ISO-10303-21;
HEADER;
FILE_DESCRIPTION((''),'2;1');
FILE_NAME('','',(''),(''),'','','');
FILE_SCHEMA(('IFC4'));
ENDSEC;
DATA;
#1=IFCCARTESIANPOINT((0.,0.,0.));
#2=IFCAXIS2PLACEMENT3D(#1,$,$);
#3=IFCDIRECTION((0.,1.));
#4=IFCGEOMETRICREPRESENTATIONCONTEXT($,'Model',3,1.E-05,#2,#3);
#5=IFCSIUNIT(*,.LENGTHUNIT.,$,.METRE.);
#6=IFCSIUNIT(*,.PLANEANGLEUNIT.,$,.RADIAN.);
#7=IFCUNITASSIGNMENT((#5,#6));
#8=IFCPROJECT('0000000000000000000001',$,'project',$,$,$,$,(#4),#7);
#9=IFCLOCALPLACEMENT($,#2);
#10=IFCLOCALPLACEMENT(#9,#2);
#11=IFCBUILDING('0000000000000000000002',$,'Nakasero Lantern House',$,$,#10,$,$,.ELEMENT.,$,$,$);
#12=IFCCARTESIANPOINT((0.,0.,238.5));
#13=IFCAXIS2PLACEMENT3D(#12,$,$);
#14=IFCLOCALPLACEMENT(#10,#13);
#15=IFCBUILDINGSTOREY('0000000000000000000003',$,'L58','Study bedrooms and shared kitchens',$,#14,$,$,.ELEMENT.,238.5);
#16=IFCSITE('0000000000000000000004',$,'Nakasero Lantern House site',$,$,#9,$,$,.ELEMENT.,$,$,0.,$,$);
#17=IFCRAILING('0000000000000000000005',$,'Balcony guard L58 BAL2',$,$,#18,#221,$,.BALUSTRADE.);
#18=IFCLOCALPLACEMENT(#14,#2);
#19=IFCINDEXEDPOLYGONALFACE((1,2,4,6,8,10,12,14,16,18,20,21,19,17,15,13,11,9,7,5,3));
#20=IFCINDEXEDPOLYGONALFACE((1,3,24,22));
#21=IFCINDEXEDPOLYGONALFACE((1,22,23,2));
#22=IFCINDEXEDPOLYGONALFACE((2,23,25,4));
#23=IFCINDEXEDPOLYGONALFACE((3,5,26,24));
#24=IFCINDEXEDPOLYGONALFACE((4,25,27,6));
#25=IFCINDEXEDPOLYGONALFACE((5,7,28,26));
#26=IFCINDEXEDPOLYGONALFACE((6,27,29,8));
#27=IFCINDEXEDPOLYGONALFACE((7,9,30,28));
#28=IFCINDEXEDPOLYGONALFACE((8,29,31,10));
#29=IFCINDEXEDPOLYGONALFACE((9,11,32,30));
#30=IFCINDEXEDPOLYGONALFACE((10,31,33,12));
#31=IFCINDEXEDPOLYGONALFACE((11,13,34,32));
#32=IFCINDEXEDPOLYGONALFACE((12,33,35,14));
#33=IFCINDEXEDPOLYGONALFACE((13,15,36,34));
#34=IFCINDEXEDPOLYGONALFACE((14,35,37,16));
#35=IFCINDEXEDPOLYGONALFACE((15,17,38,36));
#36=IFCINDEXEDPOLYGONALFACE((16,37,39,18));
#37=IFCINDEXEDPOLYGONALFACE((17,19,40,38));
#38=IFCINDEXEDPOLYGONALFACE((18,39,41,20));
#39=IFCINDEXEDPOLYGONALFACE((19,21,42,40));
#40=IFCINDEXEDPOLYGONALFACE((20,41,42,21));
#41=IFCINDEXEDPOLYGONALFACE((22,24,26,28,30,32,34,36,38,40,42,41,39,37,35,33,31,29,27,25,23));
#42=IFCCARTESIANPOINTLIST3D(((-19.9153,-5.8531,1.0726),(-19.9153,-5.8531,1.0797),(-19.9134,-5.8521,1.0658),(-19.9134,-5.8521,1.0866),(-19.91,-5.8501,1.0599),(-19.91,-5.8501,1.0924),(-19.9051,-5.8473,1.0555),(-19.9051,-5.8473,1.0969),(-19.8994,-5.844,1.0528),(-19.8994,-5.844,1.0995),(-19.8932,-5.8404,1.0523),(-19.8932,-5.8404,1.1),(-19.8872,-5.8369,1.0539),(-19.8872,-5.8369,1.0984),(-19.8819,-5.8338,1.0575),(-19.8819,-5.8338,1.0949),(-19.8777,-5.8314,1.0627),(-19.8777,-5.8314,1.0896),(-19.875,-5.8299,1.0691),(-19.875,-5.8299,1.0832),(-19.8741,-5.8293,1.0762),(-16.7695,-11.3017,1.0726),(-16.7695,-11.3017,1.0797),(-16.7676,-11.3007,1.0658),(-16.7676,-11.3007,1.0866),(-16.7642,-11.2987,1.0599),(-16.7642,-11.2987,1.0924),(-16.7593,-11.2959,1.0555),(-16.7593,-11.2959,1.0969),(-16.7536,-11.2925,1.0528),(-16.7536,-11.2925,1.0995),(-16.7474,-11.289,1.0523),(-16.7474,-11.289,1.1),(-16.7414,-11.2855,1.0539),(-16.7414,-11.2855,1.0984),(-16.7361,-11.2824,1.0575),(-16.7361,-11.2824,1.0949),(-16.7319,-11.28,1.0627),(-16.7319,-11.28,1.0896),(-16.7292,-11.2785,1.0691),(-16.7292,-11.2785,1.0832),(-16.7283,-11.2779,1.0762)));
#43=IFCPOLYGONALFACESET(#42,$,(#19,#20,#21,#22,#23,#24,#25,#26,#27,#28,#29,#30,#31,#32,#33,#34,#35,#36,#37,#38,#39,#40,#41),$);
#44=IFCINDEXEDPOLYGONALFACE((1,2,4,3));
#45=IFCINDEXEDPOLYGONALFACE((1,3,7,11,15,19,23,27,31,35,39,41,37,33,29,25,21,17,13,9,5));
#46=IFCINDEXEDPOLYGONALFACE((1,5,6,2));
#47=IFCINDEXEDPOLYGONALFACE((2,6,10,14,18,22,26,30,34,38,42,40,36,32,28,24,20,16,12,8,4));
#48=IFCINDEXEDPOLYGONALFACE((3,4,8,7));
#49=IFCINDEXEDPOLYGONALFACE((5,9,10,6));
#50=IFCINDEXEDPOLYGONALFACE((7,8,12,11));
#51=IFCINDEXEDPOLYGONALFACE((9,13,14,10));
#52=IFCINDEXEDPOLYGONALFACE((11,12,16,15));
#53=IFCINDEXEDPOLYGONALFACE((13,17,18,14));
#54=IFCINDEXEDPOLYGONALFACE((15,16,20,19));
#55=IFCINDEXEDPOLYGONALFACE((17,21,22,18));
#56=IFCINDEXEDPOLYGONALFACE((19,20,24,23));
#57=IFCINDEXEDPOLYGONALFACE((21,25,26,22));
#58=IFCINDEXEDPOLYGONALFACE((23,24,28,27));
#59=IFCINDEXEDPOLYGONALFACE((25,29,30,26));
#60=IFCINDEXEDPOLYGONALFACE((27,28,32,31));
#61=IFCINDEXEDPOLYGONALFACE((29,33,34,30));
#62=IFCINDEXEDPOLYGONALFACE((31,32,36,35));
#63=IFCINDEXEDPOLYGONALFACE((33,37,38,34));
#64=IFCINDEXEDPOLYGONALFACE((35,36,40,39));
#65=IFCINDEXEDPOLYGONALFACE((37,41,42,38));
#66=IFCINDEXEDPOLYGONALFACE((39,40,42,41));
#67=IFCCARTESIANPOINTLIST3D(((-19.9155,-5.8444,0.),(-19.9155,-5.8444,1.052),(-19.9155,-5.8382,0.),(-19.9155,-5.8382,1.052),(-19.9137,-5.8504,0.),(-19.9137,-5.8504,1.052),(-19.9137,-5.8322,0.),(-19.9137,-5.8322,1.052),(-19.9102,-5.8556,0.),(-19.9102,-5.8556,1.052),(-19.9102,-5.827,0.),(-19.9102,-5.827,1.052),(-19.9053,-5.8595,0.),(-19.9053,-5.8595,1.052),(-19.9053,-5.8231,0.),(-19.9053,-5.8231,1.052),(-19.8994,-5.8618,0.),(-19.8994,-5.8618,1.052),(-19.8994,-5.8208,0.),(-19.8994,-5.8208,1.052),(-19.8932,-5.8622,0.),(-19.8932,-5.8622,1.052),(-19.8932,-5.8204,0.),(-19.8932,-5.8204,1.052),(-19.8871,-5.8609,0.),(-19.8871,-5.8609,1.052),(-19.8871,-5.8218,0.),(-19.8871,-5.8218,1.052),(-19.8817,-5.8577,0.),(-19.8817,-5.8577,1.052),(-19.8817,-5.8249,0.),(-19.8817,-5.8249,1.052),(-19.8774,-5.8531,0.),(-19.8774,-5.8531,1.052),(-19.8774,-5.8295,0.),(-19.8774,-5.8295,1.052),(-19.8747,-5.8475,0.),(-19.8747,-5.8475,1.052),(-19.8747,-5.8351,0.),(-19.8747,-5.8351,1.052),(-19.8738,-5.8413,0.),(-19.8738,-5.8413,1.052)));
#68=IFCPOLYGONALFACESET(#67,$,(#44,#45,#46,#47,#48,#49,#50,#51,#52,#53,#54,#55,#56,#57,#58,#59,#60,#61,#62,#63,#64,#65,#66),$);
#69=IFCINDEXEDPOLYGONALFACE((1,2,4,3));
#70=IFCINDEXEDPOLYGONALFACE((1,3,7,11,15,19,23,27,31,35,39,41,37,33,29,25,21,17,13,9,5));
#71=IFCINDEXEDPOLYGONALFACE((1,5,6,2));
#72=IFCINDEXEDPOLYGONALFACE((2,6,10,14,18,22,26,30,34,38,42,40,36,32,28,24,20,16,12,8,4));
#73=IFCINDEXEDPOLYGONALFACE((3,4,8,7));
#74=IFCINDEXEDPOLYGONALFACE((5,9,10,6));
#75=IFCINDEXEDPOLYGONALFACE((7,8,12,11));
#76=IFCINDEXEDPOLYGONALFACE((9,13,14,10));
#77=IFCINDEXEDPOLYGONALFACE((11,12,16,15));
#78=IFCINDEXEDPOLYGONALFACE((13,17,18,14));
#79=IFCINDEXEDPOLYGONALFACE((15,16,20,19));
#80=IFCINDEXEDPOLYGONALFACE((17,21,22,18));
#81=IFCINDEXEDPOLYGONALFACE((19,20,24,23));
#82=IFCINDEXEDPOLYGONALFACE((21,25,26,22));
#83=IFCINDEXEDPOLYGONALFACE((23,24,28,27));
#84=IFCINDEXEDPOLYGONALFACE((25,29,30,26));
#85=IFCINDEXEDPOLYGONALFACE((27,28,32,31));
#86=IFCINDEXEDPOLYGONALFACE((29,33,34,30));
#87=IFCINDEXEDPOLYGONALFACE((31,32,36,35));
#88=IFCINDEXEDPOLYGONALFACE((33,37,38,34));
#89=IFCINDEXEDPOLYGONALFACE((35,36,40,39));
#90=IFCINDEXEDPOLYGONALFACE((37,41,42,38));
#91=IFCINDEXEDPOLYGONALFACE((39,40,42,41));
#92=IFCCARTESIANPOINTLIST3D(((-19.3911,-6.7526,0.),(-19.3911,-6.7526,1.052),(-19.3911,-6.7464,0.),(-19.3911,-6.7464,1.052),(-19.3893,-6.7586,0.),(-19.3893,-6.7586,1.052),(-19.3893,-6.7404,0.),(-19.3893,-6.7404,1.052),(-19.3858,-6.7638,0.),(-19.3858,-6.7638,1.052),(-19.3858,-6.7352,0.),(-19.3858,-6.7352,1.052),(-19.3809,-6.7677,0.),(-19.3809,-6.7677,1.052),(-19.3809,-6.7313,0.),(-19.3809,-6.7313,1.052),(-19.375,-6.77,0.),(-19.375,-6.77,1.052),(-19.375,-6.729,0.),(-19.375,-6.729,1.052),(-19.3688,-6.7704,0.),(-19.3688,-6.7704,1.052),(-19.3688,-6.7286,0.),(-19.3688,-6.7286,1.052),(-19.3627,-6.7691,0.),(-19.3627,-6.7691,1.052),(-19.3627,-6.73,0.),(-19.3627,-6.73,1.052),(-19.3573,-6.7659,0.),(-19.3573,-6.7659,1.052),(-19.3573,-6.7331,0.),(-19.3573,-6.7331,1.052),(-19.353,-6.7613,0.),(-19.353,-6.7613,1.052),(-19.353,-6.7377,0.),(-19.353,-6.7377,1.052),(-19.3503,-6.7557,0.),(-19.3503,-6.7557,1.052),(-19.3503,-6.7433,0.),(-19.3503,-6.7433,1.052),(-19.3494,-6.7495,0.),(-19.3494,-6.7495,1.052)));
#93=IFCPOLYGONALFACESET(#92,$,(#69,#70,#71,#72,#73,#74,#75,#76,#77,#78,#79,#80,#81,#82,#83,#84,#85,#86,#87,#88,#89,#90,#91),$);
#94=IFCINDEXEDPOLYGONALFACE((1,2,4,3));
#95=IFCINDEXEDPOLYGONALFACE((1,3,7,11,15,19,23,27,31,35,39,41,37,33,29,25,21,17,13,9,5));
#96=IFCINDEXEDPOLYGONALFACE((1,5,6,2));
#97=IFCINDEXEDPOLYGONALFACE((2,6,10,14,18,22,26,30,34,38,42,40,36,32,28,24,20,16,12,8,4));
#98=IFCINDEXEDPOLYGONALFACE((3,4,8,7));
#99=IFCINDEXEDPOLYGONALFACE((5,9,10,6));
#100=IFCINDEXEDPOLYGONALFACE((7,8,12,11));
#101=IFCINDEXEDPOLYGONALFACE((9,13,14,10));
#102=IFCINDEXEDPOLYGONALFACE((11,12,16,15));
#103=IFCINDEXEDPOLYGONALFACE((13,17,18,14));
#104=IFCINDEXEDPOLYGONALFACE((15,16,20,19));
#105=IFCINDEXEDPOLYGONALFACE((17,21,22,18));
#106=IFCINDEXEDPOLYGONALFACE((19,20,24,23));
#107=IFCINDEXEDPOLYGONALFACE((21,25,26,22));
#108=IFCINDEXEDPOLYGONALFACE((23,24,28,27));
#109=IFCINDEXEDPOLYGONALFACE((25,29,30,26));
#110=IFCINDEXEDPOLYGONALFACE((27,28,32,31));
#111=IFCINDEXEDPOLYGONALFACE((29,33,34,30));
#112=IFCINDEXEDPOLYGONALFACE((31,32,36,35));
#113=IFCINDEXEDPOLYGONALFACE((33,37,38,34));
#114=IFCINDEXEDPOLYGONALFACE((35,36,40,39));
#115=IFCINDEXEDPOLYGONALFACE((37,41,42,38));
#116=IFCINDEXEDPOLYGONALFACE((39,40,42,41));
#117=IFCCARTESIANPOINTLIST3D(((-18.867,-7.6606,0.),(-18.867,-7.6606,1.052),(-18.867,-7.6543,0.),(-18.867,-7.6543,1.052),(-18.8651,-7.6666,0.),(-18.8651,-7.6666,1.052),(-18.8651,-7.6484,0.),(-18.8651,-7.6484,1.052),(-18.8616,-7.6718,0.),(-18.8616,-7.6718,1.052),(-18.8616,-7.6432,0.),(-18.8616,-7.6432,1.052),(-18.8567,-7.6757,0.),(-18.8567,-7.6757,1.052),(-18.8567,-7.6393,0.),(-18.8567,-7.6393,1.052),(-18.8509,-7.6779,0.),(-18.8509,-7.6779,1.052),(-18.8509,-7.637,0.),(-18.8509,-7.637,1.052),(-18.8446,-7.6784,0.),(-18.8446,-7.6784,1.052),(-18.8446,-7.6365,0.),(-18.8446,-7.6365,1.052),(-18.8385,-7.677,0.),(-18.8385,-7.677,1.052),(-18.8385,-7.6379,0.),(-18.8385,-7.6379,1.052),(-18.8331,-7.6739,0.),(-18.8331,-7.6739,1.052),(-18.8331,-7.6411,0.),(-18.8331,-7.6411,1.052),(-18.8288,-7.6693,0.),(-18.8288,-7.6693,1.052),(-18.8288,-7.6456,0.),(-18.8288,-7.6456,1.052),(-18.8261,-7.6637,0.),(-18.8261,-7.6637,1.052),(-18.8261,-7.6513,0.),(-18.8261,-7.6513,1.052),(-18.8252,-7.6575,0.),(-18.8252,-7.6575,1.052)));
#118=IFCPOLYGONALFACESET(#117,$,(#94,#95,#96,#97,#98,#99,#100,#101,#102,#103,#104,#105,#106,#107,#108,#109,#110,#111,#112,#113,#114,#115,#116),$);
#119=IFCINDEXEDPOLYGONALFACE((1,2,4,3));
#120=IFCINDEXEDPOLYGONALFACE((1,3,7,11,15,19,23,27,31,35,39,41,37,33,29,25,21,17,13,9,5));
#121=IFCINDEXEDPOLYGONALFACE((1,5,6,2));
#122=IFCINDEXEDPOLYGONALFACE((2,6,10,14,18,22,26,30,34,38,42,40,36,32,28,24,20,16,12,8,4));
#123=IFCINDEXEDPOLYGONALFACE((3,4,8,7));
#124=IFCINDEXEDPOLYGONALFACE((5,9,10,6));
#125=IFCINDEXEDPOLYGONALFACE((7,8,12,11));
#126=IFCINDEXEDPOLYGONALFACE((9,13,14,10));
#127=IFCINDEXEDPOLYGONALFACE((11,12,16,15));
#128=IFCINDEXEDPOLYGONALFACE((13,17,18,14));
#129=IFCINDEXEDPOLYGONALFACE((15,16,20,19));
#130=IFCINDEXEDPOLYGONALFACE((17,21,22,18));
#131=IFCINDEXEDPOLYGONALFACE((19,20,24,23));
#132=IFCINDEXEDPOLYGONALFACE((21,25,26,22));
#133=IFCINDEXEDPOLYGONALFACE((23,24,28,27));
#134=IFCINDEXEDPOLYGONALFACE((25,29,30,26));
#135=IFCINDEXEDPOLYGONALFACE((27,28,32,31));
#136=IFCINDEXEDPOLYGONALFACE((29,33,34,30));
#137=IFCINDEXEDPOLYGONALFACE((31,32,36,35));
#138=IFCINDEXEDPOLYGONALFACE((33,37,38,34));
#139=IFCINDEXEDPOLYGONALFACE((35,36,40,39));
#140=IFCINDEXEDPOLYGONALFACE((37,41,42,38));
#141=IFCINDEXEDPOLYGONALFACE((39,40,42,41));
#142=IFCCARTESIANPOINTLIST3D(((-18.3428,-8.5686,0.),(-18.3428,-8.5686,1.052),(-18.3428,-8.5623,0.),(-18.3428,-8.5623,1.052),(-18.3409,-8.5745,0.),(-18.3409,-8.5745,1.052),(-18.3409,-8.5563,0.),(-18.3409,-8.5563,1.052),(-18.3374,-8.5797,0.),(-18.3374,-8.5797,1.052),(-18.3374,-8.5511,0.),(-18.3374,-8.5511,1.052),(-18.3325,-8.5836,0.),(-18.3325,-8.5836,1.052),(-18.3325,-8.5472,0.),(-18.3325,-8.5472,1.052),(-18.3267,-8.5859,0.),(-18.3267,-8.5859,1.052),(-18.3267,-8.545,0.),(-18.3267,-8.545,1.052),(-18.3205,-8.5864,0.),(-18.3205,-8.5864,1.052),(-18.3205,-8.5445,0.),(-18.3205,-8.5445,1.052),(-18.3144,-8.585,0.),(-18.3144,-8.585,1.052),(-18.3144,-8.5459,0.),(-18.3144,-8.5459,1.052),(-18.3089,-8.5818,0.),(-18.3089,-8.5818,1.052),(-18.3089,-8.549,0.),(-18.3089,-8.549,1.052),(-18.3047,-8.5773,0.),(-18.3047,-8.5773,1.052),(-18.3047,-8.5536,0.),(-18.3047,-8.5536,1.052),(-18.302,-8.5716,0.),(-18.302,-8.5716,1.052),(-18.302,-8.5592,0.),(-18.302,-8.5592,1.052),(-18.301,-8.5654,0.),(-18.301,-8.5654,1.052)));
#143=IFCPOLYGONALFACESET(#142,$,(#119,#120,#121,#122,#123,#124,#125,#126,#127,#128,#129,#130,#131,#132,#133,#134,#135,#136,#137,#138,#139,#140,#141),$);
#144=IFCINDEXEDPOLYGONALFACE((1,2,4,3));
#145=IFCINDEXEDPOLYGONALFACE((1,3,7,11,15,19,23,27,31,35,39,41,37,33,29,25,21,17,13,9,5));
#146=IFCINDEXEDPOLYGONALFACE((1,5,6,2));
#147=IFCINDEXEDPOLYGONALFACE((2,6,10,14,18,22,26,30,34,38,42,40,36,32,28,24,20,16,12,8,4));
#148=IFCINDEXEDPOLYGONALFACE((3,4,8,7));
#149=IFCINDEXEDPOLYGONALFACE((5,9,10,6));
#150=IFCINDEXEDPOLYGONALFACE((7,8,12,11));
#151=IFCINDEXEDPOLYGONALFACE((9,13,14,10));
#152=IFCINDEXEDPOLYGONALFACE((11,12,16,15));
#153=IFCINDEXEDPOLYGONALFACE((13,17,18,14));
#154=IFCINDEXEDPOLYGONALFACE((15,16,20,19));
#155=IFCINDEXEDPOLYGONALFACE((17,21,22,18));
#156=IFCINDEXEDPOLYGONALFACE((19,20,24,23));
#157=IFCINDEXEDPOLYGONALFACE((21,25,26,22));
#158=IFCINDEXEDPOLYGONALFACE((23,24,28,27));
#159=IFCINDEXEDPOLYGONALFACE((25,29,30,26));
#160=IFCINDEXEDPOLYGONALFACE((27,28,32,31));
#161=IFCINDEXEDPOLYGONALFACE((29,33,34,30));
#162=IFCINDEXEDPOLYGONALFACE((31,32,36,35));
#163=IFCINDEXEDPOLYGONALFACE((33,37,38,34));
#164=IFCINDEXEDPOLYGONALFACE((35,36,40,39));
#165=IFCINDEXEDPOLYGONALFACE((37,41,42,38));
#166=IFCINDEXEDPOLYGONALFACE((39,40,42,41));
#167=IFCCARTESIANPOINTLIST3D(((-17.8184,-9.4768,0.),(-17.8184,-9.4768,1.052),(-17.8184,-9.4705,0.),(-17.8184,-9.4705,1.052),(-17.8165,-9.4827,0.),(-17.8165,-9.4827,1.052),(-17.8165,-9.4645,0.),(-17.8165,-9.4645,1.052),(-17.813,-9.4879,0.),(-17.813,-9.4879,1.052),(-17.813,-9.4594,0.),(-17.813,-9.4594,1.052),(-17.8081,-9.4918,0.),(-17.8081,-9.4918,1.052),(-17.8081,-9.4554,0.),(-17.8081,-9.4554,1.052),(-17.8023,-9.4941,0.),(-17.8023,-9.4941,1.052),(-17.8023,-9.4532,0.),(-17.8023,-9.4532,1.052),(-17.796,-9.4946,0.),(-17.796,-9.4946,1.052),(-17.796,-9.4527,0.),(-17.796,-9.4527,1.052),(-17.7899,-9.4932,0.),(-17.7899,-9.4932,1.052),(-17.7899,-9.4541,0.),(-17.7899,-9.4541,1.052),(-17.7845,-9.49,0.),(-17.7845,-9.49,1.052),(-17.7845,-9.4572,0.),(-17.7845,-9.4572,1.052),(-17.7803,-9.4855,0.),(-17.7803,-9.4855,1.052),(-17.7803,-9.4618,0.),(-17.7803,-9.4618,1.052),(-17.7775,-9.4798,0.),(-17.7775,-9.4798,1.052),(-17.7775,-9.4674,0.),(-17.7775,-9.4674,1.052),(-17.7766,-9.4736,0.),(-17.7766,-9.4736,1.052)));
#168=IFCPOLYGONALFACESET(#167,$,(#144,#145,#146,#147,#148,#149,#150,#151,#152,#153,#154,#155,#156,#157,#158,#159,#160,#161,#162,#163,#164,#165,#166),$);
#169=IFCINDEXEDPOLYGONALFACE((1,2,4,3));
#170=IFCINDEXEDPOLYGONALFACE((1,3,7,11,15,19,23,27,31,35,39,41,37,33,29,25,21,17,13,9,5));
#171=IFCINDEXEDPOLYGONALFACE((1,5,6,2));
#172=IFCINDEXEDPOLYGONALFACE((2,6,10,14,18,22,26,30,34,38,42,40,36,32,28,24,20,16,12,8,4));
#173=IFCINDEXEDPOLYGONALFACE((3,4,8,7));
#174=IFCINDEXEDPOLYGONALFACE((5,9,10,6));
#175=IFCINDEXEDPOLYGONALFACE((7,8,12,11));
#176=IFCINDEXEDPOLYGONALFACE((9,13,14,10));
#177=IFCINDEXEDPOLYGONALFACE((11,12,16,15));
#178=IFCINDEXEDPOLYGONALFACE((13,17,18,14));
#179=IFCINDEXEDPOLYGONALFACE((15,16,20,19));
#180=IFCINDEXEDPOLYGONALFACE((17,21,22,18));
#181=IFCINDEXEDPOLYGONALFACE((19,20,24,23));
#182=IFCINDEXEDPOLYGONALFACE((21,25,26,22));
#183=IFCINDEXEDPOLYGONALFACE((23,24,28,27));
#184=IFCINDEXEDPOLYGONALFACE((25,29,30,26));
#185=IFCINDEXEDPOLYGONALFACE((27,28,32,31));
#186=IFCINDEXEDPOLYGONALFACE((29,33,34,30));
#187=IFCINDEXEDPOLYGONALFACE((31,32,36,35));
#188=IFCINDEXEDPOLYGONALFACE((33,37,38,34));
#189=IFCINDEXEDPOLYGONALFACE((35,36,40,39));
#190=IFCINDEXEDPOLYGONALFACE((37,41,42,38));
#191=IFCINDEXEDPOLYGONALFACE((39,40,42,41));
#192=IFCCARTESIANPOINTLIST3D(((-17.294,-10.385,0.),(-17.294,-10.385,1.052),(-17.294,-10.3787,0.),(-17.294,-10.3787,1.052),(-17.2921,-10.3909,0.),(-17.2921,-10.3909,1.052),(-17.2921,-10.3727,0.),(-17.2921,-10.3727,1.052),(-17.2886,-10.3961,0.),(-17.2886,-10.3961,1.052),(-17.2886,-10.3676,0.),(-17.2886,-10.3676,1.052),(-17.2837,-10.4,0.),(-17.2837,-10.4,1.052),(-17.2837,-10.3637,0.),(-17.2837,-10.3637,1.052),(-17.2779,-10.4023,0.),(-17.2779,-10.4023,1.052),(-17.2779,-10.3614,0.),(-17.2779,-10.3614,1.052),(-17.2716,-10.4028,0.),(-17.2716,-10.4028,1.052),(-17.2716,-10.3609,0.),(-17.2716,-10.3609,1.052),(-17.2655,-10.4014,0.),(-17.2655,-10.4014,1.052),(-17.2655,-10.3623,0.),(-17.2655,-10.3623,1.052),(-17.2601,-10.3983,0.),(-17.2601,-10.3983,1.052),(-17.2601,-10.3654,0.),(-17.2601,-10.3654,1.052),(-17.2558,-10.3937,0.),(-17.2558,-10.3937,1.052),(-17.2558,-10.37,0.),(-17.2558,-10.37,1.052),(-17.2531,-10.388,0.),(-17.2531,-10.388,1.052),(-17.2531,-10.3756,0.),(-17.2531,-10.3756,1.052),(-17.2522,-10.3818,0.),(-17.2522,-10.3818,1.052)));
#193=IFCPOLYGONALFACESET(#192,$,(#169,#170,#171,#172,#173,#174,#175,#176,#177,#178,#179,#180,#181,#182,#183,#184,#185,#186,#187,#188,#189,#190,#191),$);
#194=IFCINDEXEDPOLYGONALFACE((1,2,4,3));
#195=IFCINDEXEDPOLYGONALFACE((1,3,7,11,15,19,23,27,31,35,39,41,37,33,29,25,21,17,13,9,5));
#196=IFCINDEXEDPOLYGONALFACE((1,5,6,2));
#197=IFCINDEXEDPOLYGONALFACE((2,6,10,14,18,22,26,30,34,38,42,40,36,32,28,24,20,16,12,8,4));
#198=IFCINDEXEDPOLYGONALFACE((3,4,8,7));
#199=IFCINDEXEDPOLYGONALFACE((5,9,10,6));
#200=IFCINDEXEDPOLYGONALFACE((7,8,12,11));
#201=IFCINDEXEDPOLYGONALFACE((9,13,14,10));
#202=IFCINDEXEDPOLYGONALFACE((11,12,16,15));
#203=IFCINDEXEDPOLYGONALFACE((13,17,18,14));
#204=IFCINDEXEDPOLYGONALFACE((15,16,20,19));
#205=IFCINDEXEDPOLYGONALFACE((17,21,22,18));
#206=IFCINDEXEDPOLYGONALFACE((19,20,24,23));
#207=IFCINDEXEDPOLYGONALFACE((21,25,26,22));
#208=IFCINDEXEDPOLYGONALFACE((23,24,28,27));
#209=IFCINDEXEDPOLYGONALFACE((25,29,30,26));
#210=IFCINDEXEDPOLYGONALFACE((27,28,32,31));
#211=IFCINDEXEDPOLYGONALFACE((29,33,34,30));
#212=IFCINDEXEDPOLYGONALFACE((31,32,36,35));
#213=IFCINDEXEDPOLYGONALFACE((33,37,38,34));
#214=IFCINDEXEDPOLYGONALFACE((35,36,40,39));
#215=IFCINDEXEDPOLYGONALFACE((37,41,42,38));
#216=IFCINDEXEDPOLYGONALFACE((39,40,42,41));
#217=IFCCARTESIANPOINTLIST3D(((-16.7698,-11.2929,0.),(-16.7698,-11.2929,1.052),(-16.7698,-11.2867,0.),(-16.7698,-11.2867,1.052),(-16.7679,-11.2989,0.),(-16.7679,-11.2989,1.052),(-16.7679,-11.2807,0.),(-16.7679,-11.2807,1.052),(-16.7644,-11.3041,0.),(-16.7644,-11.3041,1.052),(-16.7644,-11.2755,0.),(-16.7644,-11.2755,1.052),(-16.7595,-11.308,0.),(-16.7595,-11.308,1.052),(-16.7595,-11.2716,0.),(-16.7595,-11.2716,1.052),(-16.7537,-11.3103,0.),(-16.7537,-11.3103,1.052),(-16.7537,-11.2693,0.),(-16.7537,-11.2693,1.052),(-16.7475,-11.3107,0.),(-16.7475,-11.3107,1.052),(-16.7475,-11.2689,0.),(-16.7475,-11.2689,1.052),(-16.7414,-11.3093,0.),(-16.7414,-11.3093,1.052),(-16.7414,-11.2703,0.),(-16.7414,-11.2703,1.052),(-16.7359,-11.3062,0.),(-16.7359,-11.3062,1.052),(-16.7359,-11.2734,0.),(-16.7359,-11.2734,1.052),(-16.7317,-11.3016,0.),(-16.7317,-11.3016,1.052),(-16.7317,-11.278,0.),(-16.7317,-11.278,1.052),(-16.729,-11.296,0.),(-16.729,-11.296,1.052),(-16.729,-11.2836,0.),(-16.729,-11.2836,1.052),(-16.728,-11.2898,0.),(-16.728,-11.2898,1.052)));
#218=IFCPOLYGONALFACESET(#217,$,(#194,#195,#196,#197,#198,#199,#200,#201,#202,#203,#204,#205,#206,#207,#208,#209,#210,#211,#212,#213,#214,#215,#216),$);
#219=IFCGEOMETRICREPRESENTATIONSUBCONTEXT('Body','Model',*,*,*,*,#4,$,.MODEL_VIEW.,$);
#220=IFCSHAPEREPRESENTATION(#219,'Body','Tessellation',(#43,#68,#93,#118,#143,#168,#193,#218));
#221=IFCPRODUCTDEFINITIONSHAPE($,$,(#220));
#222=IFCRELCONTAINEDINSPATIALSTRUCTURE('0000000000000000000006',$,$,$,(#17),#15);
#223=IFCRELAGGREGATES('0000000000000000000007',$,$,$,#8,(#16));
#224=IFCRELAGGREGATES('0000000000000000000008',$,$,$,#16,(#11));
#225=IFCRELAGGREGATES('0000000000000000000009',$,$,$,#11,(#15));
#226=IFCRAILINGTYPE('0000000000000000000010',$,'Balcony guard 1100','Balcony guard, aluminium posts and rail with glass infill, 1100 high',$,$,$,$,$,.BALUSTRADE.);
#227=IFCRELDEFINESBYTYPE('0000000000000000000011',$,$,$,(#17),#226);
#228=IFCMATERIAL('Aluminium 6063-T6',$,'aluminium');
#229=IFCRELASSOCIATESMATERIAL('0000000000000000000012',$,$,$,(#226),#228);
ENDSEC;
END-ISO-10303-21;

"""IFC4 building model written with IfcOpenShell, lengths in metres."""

from ifc_helpers import new_model, si_unit, direction, frame, origin, origin_2d, place, context, subcontext, project, spatial, circle, extrude, material, type_object, element, save


model = new_model("IFC4")

# Units and contexts
model_context = context("Model", 3, precision=1e-05, world=origin(), true_north=direction((0.0, 1.0)))
body_context = subcontext(model_context, "Body", "Model", "MODEL_VIEW")
ifc_project = project(units=[si_unit("LENGTHUNIT", "METRE"), si_unit("PLANEANGLEUNIT", "RADIAN")], contexts=[model_context])

# Site, building, storey
site_placement = place(None, origin())
site = spatial("IfcSite", under=ifc_project, at=site_placement, Name="Nakasero Lantern House site", CompositionType="ELEMENT", RefElevation=0.0)
building_placement = place(site_placement, origin())
building = spatial("IfcBuilding", under=site, at=building_placement, Name="Nakasero Lantern House", CompositionType="ELEMENT")
storey_placement = place(building_placement, frame((0.0, 0.0, 238.5)))
storey = spatial("IfcBuildingStorey", under=building, at=storey_placement, Name="L58", Description="Study bedrooms and shared kitchens", CompositionType="ELEMENT", Elevation=238.5)

# Railing
ifc_material_1 = material(Name="Aluminium 6063-T6", Category="aluminium")
railing_type = type_object("IfcRailingType", Name="Balcony guard 1100", Description="Balcony guard, aluminium posts and rail with glass infill, 1100 high", PredefinedType="BALUSTRADE", material=ifc_material_1)
railing_placement = place(storey_placement, frame((-19.8948, -5.8413, 0.0)))
element("IfcRailing", 1, at=railing_placement, inside=storey, type_object=railing_type, Name="Balcony guard L58 BAL2", PredefinedType="BALUSTRADE", context=body_context, shape_type="SweptSolid", body=[
    extrude(circle(Radius=0.0239, at=origin_2d()), frame((0.0, 0.0, 1.0762), z_axis=(0.500008, -0.866021, 0.0), x_axis=(0.866021, 0.500008, 0.0)), (0.0, 0.0, 1.0), 6.2915),
    extrude(circle(Radius=0.021, at=origin_2d()), origin(), (0.0, 0.0, 1.0), 1.052),
    extrude(circle(Radius=0.021, at=origin_2d()), frame((0.5244, -0.9082, 0.0)), (0.0, 0.0, 1.0), 1.052),
    extrude(circle(Radius=0.021, at=origin_2d()), frame((1.0486, -1.8162, 0.0)), (0.0, 0.0, 1.0), 1.052),
    extrude(circle(Radius=0.021, at=origin_2d()), frame((1.5728, -2.7241, 0.0)), (0.0, 0.0, 1.0), 1.052),
    extrude(circle(Radius=0.021, at=origin_2d()), frame((2.0972, -3.6323, 0.0)), (0.0, 0.0, 1.0), 1.052),
    extrude(circle(Radius=0.021, at=origin_2d()), frame((2.6216, -4.5405, 0.0)), (0.0, 0.0, 1.0), 1.052),
    extrude(circle(Radius=0.021, at=origin_2d()), frame((3.1458, -5.4485, 0.0)), (0.0, 0.0, 1.0), 1.052),
])

save(model, "model.ifc")
